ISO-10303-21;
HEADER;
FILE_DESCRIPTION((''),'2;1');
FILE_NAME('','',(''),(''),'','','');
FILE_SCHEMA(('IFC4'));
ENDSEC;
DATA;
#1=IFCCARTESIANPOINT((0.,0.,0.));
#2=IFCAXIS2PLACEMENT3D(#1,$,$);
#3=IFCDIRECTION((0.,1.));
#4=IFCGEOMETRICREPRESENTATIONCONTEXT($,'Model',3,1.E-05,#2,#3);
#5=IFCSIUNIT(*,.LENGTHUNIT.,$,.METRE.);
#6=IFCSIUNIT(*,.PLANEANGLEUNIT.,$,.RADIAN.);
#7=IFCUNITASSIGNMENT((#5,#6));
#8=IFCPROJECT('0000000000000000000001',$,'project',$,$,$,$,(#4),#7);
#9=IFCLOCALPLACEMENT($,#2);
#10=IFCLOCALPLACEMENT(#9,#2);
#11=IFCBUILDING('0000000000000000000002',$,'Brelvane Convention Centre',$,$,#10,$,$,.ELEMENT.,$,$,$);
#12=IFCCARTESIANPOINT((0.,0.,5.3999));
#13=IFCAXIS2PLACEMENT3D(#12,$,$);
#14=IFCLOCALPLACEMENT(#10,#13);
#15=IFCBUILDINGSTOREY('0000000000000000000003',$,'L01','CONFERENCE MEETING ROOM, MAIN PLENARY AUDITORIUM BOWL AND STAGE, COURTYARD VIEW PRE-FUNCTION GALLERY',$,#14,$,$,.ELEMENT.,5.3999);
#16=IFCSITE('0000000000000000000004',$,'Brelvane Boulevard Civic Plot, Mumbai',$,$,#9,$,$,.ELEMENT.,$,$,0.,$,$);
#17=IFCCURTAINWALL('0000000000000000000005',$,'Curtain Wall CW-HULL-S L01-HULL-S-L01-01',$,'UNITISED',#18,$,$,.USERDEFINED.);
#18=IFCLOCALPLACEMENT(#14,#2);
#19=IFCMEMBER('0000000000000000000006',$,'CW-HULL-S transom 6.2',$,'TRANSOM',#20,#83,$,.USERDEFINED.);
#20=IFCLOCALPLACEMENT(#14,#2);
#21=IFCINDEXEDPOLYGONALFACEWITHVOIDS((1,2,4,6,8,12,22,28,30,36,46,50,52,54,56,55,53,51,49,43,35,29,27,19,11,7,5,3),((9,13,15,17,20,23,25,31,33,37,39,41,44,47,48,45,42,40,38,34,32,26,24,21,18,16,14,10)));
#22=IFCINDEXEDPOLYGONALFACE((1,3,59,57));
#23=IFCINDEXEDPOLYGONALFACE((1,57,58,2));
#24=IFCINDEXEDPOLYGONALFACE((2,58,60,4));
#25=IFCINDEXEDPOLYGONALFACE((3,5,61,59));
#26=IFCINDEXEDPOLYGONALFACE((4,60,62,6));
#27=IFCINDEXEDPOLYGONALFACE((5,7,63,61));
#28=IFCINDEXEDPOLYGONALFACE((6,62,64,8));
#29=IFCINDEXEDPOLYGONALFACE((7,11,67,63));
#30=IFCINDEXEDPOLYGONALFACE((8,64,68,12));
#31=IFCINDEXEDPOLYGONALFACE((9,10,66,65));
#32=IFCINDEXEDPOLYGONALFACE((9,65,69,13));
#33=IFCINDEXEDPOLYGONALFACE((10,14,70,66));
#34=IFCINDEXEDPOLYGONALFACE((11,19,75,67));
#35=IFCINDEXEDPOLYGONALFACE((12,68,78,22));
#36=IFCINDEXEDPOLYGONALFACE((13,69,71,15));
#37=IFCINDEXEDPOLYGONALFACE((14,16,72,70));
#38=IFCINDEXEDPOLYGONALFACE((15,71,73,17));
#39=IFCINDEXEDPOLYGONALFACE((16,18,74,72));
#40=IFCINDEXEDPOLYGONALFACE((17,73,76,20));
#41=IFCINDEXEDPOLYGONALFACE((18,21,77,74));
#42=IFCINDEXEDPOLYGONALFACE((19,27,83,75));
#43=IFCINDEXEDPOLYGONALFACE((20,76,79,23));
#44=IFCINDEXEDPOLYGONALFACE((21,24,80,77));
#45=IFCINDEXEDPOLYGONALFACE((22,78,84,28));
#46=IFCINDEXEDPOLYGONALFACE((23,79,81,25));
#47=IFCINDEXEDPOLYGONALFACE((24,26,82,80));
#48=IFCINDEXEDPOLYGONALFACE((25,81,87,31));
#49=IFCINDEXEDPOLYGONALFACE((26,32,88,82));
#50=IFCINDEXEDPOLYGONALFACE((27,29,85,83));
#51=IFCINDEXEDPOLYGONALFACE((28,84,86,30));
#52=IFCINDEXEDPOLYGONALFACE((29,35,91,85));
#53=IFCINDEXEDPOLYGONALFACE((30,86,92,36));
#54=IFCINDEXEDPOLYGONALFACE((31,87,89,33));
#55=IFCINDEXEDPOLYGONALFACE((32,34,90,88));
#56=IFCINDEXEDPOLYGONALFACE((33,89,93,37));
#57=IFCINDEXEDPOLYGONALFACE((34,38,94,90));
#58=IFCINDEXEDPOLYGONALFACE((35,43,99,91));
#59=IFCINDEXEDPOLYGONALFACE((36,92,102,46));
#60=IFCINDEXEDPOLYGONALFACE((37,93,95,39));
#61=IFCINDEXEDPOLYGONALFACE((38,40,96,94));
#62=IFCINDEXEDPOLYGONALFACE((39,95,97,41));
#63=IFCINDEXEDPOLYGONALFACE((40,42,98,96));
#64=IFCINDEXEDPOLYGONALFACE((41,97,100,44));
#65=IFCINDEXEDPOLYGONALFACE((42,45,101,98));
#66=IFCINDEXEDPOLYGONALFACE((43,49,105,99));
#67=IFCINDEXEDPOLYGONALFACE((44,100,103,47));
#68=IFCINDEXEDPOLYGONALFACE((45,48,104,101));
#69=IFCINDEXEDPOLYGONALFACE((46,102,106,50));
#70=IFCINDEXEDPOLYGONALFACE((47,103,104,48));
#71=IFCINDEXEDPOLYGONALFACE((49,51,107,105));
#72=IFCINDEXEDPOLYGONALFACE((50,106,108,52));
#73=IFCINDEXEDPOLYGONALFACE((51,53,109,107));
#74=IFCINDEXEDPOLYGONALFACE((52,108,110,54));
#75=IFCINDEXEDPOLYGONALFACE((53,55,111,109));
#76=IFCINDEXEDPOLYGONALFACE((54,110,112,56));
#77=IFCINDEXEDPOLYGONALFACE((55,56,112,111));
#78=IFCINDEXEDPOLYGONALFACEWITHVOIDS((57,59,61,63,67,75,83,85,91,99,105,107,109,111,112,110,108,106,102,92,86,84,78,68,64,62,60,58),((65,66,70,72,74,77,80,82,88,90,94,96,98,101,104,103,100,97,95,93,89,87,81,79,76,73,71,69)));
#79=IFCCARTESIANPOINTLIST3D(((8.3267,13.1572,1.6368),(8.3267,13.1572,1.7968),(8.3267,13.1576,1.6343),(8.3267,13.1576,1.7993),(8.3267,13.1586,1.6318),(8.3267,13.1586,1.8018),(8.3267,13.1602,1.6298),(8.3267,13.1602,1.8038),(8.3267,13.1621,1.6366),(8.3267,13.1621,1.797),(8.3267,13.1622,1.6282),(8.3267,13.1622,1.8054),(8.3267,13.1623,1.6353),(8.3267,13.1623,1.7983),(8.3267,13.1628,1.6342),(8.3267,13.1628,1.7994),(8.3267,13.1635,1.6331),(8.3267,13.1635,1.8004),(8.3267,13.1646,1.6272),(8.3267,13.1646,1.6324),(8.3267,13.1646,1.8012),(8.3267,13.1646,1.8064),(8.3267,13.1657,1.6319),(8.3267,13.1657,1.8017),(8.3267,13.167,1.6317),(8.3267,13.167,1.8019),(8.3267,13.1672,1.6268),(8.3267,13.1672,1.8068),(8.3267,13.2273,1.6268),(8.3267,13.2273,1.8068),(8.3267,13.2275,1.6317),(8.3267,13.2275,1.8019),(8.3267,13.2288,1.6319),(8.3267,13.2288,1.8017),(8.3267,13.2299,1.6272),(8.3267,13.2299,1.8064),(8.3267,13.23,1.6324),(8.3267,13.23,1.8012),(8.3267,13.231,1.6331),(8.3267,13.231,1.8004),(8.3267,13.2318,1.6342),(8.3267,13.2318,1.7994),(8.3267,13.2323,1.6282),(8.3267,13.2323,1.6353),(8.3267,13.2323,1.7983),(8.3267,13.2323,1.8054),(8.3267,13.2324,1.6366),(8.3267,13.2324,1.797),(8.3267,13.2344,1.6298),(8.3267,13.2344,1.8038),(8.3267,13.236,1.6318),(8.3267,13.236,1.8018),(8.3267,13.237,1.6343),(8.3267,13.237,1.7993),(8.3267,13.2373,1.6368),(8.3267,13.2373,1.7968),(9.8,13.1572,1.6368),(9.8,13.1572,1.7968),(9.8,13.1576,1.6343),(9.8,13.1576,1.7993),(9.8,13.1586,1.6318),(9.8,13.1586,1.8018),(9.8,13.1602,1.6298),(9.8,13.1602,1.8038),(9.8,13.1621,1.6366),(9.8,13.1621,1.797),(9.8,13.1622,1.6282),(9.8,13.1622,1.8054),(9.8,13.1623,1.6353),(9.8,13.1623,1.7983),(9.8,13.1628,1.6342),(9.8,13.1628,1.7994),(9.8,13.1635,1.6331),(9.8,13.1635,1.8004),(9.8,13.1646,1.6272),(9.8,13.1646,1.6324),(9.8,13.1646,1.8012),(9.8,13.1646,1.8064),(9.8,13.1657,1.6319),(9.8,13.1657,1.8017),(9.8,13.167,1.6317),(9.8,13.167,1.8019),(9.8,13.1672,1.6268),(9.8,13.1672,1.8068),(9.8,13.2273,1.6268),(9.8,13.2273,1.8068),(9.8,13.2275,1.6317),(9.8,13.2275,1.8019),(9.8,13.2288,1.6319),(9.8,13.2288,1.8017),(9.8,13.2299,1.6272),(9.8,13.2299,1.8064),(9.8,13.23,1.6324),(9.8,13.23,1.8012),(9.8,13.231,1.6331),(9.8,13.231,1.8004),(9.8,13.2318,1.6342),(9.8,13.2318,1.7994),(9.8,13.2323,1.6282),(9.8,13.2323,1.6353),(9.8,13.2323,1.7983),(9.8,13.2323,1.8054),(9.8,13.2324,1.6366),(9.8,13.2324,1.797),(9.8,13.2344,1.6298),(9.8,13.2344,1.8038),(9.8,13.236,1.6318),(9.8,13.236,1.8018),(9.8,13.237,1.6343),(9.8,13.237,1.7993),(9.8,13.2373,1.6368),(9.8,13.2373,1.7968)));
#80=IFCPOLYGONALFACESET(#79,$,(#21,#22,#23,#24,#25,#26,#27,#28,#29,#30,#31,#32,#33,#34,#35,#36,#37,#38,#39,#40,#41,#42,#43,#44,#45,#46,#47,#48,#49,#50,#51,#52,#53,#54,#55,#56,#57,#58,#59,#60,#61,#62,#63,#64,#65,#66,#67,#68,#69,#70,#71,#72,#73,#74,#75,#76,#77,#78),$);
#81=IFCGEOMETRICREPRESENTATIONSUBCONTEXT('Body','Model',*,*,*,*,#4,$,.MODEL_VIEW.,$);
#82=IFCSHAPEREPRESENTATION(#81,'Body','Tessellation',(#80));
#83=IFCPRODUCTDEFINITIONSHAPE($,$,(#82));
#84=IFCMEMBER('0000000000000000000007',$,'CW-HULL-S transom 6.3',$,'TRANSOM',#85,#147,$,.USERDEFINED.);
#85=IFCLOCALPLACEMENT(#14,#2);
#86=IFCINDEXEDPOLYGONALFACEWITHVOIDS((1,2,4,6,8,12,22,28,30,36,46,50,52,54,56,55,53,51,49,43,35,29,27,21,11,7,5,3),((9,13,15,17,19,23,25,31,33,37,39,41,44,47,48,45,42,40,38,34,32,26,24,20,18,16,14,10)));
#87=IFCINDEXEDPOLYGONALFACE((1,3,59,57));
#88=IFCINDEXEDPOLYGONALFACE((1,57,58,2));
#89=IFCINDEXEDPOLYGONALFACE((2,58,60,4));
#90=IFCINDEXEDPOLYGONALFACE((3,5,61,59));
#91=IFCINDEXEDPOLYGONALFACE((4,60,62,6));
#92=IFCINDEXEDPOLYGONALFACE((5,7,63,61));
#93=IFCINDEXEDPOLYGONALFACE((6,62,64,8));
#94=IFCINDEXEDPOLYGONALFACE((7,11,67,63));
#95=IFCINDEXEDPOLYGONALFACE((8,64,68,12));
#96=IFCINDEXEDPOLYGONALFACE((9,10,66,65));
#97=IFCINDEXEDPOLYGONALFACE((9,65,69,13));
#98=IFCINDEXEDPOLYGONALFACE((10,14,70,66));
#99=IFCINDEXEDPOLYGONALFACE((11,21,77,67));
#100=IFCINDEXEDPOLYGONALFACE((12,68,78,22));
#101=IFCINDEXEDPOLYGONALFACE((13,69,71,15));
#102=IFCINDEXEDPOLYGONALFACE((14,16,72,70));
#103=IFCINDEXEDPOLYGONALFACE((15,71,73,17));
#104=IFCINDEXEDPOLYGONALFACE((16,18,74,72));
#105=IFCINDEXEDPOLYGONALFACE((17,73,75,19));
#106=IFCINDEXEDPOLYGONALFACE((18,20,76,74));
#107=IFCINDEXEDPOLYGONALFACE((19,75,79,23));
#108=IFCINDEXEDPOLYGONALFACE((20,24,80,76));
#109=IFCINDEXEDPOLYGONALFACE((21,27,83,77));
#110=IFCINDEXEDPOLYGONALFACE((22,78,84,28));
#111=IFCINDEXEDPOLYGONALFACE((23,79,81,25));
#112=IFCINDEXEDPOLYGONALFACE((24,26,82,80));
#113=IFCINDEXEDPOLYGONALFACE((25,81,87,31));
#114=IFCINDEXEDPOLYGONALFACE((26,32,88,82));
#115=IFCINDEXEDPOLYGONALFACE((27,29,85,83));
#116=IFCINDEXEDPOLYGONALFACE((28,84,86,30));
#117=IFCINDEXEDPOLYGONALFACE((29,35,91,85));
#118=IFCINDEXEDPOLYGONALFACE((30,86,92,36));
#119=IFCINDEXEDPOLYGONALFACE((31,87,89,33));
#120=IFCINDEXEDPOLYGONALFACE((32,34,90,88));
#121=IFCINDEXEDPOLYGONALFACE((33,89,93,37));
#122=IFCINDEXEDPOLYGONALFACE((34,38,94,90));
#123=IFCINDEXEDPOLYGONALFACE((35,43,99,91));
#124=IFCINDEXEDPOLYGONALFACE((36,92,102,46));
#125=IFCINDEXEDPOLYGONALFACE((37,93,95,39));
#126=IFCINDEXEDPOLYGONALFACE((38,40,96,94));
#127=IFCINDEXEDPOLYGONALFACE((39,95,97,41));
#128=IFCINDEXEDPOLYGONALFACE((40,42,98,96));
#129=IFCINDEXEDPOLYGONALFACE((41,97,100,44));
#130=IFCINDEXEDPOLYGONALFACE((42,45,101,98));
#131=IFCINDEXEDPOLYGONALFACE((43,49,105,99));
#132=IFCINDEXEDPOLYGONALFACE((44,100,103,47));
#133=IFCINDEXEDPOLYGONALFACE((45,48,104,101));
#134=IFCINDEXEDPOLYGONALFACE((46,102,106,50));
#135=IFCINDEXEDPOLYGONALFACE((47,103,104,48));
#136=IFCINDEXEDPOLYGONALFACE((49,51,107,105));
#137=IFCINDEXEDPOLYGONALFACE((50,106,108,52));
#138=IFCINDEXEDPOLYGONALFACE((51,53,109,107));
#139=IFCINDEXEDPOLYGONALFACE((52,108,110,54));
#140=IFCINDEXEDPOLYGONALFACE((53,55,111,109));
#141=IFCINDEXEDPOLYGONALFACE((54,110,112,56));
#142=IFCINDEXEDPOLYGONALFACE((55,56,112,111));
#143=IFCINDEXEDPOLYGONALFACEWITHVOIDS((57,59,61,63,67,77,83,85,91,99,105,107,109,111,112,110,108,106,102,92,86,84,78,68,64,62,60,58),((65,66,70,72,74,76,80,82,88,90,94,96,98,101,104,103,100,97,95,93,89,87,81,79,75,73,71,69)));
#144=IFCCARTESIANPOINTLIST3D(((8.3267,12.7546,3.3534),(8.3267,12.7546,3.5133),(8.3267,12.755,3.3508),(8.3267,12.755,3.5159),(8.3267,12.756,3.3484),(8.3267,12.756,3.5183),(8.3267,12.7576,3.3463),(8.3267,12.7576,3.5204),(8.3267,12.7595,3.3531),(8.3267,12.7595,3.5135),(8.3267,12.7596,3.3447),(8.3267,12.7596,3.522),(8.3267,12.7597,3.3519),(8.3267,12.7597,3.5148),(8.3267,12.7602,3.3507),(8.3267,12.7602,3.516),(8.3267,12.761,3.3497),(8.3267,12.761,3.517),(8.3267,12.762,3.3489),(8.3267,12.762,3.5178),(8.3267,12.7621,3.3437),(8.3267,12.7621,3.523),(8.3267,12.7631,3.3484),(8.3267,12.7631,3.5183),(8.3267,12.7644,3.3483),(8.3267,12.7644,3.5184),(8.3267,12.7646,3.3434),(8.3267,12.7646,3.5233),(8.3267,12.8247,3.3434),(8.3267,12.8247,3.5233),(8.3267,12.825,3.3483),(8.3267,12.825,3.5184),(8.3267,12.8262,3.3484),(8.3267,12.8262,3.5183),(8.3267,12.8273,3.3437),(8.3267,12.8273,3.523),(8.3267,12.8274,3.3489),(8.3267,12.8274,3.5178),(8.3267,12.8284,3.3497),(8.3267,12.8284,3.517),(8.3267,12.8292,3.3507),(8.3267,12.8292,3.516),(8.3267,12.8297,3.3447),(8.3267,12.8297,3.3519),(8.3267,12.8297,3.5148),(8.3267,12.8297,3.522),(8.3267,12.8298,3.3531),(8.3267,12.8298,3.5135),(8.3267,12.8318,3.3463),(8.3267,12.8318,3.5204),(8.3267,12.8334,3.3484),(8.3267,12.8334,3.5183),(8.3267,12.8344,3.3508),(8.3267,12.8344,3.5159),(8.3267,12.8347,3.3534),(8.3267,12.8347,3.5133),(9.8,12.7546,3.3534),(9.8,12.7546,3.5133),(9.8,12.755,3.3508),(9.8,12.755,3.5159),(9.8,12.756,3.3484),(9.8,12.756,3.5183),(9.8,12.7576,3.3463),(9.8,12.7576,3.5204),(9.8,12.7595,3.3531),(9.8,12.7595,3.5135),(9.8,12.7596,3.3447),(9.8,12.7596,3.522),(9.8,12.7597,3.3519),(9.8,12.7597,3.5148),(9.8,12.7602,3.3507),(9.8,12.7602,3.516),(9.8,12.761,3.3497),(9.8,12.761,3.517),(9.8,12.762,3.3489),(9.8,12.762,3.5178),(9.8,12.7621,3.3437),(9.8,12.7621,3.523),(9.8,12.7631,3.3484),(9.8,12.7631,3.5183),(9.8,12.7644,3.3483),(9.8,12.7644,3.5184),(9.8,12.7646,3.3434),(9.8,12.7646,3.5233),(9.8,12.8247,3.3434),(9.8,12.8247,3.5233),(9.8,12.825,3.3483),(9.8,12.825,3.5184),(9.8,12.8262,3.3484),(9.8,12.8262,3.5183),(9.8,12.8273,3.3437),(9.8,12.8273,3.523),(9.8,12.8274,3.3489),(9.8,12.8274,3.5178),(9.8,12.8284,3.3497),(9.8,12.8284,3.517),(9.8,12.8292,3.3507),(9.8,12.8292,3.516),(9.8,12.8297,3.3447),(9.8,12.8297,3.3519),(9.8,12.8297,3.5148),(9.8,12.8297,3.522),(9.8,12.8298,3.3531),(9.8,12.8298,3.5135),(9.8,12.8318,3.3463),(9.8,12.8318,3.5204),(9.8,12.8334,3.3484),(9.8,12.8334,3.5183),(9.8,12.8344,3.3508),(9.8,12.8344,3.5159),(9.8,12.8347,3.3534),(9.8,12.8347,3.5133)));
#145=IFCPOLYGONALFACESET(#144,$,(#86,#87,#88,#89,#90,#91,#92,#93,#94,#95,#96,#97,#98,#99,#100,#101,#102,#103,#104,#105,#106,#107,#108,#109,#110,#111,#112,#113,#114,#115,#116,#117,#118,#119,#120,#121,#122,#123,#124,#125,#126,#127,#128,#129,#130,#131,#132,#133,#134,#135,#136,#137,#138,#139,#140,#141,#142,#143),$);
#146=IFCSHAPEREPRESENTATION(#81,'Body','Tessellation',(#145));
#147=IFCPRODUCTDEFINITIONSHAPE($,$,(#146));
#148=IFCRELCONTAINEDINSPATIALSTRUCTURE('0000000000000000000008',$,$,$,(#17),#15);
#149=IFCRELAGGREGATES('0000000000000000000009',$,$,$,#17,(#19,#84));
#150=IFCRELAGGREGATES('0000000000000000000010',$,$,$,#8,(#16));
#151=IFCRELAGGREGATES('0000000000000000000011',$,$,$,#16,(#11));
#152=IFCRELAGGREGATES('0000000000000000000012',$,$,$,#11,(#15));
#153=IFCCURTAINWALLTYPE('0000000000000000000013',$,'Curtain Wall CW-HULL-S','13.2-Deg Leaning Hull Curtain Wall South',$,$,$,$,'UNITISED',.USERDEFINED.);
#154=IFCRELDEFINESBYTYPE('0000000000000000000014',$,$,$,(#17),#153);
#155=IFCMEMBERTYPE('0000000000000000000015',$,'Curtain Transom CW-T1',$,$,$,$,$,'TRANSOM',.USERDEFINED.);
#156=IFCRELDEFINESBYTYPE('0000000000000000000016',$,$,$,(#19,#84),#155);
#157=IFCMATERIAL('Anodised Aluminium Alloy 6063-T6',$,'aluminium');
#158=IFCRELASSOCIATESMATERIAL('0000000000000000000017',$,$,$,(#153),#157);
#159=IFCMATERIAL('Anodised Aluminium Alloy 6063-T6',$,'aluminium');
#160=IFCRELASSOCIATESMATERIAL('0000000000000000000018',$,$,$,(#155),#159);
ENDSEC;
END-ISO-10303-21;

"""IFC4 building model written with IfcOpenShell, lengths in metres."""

from ifc_helpers import new_model, si_unit, direction, frame, origin, origin_2d, place, context, subcontext, project, spatial, hollow_rectangle, extrude, material, material_profile, profile_set, type_object, element, aggregate, save


model = new_model("IFC4")

# Units and contexts
model_context = context("Model", 3, precision=1e-05, world=origin(), true_north=direction((0.0, 1.0)))
body_context = subcontext(model_context, "Body", "Model", "MODEL_VIEW")
ifc_project = project(units=[si_unit("LENGTHUNIT", "METRE"), si_unit("PLANEANGLEUNIT", "RADIAN")], contexts=[model_context])

# Site, building, storey
site_placement = place(None, origin())
site = spatial("IfcSite", under=ifc_project, at=site_placement, Name="Brelvane Boulevard Civic Plot, Mumbai", CompositionType="ELEMENT", RefElevation=0.0)
building_placement = place(site_placement, origin())
building = spatial("IfcBuilding", under=site, at=building_placement, Name="Brelvane Convention Centre", CompositionType="ELEMENT")
storey_placement = place(building_placement, frame((0.0, 0.0, 5.3999)))
storey = spatial("IfcBuildingStorey", under=building, at=storey_placement, Name="L01", Description="CONFERENCE MEETING ROOM, MAIN PLENARY AUDITORIUM BOWL AND STAGE, COURTYARD VIEW PRE-FUNCTION GALLERY", CompositionType="ELEMENT", Elevation=5.3999)

# Curtain wall, members
ifc_material_1 = material(Name="Anodised Aluminium Alloy 6063-T6", Category="aluminium")
curtain_wall_type = type_object("IfcCurtainWallType", Name="Curtain Wall CW-HULL-S", Description="13.2-Deg Leaning Hull Curtain Wall South", ElementType="UNITISED", PredefinedType="USERDEFINED", material=ifc_material_1)
curtain_wall_1_placement = place(storey_placement, origin())
curtain_wall_1 = element("IfcCurtainWall", 1, at=curtain_wall_1_placement, inside=storey, type_object=curtain_wall_type, Name="Curtain Wall CW-HULL-S L01-HULL-S-L01-01", ObjectType="UNITISED", PredefinedType="USERDEFINED")
ifc_material_2 = material(Name="Anodised Aluminium Alloy 6063-T6", Category="aluminium")
ifc_material_profile = material_profile(ifc_material_2, hollow_rectangle(XDim=0.0801, YDim=0.1799, WallThickness=0.0049, InnerFilletRadius=0.0049, OuterFilletRadius=0.01, at=origin_2d()), Name="ALU-T 180x80x5.0")
ifc_profile_set = profile_set([ifc_material_profile], Name="Anodised Aluminium Alloy 6063-T6")
member_type = type_object("IfcMemberType", Name="Curtain Transom CW-T1", ElementType="TRANSOM", PredefinedType="USERDEFINED", material=ifc_profile_set)
member_1_placement = place(storey_placement, frame((8.3267, 13.1973, 1.7168), z_axis=(1.0, 0.0, 0.0), x_axis=(0.0, 1.0, 0.0)))
member_1 = element("IfcMember", 2, at=member_1_placement, type_object=member_type, Name="CW-HULL-S transom 6.2", ObjectType="TRANSOM", PredefinedType="USERDEFINED", context=body_context, shape_type="SweptSolid", body=[
    extrude(hollow_rectangle(XDim=0.0801, YDim=0.1799, WallThickness=0.0049, InnerFilletRadius=0.0049, OuterFilletRadius=0.01, at=origin_2d()), origin(), (0.0, 0.0, 1.0), 1.4734),
])
member_2_placement = place(storey_placement, frame((8.3267, 12.7947, 3.4333), z_axis=(1.0, 0.0, 0.0), x_axis=(0.0, 1.0, 0.0)))
member_2 = element("IfcMember", 3, at=member_2_placement, type_object=member_type, Name="CW-HULL-S transom 6.3", ObjectType="TRANSOM", PredefinedType="USERDEFINED", context=body_context, shape_type="SweptSolid", body=[
    extrude(hollow_rectangle(XDim=0.0801, YDim=0.1799, WallThickness=0.0049, InnerFilletRadius=0.0049, OuterFilletRadius=0.01, at=origin_2d()), origin(), (0.0, 0.0, 1.0), 1.4734),
])

aggregate(curtain_wall_1, [member_1, member_2])

save(model, "model.ifc")
